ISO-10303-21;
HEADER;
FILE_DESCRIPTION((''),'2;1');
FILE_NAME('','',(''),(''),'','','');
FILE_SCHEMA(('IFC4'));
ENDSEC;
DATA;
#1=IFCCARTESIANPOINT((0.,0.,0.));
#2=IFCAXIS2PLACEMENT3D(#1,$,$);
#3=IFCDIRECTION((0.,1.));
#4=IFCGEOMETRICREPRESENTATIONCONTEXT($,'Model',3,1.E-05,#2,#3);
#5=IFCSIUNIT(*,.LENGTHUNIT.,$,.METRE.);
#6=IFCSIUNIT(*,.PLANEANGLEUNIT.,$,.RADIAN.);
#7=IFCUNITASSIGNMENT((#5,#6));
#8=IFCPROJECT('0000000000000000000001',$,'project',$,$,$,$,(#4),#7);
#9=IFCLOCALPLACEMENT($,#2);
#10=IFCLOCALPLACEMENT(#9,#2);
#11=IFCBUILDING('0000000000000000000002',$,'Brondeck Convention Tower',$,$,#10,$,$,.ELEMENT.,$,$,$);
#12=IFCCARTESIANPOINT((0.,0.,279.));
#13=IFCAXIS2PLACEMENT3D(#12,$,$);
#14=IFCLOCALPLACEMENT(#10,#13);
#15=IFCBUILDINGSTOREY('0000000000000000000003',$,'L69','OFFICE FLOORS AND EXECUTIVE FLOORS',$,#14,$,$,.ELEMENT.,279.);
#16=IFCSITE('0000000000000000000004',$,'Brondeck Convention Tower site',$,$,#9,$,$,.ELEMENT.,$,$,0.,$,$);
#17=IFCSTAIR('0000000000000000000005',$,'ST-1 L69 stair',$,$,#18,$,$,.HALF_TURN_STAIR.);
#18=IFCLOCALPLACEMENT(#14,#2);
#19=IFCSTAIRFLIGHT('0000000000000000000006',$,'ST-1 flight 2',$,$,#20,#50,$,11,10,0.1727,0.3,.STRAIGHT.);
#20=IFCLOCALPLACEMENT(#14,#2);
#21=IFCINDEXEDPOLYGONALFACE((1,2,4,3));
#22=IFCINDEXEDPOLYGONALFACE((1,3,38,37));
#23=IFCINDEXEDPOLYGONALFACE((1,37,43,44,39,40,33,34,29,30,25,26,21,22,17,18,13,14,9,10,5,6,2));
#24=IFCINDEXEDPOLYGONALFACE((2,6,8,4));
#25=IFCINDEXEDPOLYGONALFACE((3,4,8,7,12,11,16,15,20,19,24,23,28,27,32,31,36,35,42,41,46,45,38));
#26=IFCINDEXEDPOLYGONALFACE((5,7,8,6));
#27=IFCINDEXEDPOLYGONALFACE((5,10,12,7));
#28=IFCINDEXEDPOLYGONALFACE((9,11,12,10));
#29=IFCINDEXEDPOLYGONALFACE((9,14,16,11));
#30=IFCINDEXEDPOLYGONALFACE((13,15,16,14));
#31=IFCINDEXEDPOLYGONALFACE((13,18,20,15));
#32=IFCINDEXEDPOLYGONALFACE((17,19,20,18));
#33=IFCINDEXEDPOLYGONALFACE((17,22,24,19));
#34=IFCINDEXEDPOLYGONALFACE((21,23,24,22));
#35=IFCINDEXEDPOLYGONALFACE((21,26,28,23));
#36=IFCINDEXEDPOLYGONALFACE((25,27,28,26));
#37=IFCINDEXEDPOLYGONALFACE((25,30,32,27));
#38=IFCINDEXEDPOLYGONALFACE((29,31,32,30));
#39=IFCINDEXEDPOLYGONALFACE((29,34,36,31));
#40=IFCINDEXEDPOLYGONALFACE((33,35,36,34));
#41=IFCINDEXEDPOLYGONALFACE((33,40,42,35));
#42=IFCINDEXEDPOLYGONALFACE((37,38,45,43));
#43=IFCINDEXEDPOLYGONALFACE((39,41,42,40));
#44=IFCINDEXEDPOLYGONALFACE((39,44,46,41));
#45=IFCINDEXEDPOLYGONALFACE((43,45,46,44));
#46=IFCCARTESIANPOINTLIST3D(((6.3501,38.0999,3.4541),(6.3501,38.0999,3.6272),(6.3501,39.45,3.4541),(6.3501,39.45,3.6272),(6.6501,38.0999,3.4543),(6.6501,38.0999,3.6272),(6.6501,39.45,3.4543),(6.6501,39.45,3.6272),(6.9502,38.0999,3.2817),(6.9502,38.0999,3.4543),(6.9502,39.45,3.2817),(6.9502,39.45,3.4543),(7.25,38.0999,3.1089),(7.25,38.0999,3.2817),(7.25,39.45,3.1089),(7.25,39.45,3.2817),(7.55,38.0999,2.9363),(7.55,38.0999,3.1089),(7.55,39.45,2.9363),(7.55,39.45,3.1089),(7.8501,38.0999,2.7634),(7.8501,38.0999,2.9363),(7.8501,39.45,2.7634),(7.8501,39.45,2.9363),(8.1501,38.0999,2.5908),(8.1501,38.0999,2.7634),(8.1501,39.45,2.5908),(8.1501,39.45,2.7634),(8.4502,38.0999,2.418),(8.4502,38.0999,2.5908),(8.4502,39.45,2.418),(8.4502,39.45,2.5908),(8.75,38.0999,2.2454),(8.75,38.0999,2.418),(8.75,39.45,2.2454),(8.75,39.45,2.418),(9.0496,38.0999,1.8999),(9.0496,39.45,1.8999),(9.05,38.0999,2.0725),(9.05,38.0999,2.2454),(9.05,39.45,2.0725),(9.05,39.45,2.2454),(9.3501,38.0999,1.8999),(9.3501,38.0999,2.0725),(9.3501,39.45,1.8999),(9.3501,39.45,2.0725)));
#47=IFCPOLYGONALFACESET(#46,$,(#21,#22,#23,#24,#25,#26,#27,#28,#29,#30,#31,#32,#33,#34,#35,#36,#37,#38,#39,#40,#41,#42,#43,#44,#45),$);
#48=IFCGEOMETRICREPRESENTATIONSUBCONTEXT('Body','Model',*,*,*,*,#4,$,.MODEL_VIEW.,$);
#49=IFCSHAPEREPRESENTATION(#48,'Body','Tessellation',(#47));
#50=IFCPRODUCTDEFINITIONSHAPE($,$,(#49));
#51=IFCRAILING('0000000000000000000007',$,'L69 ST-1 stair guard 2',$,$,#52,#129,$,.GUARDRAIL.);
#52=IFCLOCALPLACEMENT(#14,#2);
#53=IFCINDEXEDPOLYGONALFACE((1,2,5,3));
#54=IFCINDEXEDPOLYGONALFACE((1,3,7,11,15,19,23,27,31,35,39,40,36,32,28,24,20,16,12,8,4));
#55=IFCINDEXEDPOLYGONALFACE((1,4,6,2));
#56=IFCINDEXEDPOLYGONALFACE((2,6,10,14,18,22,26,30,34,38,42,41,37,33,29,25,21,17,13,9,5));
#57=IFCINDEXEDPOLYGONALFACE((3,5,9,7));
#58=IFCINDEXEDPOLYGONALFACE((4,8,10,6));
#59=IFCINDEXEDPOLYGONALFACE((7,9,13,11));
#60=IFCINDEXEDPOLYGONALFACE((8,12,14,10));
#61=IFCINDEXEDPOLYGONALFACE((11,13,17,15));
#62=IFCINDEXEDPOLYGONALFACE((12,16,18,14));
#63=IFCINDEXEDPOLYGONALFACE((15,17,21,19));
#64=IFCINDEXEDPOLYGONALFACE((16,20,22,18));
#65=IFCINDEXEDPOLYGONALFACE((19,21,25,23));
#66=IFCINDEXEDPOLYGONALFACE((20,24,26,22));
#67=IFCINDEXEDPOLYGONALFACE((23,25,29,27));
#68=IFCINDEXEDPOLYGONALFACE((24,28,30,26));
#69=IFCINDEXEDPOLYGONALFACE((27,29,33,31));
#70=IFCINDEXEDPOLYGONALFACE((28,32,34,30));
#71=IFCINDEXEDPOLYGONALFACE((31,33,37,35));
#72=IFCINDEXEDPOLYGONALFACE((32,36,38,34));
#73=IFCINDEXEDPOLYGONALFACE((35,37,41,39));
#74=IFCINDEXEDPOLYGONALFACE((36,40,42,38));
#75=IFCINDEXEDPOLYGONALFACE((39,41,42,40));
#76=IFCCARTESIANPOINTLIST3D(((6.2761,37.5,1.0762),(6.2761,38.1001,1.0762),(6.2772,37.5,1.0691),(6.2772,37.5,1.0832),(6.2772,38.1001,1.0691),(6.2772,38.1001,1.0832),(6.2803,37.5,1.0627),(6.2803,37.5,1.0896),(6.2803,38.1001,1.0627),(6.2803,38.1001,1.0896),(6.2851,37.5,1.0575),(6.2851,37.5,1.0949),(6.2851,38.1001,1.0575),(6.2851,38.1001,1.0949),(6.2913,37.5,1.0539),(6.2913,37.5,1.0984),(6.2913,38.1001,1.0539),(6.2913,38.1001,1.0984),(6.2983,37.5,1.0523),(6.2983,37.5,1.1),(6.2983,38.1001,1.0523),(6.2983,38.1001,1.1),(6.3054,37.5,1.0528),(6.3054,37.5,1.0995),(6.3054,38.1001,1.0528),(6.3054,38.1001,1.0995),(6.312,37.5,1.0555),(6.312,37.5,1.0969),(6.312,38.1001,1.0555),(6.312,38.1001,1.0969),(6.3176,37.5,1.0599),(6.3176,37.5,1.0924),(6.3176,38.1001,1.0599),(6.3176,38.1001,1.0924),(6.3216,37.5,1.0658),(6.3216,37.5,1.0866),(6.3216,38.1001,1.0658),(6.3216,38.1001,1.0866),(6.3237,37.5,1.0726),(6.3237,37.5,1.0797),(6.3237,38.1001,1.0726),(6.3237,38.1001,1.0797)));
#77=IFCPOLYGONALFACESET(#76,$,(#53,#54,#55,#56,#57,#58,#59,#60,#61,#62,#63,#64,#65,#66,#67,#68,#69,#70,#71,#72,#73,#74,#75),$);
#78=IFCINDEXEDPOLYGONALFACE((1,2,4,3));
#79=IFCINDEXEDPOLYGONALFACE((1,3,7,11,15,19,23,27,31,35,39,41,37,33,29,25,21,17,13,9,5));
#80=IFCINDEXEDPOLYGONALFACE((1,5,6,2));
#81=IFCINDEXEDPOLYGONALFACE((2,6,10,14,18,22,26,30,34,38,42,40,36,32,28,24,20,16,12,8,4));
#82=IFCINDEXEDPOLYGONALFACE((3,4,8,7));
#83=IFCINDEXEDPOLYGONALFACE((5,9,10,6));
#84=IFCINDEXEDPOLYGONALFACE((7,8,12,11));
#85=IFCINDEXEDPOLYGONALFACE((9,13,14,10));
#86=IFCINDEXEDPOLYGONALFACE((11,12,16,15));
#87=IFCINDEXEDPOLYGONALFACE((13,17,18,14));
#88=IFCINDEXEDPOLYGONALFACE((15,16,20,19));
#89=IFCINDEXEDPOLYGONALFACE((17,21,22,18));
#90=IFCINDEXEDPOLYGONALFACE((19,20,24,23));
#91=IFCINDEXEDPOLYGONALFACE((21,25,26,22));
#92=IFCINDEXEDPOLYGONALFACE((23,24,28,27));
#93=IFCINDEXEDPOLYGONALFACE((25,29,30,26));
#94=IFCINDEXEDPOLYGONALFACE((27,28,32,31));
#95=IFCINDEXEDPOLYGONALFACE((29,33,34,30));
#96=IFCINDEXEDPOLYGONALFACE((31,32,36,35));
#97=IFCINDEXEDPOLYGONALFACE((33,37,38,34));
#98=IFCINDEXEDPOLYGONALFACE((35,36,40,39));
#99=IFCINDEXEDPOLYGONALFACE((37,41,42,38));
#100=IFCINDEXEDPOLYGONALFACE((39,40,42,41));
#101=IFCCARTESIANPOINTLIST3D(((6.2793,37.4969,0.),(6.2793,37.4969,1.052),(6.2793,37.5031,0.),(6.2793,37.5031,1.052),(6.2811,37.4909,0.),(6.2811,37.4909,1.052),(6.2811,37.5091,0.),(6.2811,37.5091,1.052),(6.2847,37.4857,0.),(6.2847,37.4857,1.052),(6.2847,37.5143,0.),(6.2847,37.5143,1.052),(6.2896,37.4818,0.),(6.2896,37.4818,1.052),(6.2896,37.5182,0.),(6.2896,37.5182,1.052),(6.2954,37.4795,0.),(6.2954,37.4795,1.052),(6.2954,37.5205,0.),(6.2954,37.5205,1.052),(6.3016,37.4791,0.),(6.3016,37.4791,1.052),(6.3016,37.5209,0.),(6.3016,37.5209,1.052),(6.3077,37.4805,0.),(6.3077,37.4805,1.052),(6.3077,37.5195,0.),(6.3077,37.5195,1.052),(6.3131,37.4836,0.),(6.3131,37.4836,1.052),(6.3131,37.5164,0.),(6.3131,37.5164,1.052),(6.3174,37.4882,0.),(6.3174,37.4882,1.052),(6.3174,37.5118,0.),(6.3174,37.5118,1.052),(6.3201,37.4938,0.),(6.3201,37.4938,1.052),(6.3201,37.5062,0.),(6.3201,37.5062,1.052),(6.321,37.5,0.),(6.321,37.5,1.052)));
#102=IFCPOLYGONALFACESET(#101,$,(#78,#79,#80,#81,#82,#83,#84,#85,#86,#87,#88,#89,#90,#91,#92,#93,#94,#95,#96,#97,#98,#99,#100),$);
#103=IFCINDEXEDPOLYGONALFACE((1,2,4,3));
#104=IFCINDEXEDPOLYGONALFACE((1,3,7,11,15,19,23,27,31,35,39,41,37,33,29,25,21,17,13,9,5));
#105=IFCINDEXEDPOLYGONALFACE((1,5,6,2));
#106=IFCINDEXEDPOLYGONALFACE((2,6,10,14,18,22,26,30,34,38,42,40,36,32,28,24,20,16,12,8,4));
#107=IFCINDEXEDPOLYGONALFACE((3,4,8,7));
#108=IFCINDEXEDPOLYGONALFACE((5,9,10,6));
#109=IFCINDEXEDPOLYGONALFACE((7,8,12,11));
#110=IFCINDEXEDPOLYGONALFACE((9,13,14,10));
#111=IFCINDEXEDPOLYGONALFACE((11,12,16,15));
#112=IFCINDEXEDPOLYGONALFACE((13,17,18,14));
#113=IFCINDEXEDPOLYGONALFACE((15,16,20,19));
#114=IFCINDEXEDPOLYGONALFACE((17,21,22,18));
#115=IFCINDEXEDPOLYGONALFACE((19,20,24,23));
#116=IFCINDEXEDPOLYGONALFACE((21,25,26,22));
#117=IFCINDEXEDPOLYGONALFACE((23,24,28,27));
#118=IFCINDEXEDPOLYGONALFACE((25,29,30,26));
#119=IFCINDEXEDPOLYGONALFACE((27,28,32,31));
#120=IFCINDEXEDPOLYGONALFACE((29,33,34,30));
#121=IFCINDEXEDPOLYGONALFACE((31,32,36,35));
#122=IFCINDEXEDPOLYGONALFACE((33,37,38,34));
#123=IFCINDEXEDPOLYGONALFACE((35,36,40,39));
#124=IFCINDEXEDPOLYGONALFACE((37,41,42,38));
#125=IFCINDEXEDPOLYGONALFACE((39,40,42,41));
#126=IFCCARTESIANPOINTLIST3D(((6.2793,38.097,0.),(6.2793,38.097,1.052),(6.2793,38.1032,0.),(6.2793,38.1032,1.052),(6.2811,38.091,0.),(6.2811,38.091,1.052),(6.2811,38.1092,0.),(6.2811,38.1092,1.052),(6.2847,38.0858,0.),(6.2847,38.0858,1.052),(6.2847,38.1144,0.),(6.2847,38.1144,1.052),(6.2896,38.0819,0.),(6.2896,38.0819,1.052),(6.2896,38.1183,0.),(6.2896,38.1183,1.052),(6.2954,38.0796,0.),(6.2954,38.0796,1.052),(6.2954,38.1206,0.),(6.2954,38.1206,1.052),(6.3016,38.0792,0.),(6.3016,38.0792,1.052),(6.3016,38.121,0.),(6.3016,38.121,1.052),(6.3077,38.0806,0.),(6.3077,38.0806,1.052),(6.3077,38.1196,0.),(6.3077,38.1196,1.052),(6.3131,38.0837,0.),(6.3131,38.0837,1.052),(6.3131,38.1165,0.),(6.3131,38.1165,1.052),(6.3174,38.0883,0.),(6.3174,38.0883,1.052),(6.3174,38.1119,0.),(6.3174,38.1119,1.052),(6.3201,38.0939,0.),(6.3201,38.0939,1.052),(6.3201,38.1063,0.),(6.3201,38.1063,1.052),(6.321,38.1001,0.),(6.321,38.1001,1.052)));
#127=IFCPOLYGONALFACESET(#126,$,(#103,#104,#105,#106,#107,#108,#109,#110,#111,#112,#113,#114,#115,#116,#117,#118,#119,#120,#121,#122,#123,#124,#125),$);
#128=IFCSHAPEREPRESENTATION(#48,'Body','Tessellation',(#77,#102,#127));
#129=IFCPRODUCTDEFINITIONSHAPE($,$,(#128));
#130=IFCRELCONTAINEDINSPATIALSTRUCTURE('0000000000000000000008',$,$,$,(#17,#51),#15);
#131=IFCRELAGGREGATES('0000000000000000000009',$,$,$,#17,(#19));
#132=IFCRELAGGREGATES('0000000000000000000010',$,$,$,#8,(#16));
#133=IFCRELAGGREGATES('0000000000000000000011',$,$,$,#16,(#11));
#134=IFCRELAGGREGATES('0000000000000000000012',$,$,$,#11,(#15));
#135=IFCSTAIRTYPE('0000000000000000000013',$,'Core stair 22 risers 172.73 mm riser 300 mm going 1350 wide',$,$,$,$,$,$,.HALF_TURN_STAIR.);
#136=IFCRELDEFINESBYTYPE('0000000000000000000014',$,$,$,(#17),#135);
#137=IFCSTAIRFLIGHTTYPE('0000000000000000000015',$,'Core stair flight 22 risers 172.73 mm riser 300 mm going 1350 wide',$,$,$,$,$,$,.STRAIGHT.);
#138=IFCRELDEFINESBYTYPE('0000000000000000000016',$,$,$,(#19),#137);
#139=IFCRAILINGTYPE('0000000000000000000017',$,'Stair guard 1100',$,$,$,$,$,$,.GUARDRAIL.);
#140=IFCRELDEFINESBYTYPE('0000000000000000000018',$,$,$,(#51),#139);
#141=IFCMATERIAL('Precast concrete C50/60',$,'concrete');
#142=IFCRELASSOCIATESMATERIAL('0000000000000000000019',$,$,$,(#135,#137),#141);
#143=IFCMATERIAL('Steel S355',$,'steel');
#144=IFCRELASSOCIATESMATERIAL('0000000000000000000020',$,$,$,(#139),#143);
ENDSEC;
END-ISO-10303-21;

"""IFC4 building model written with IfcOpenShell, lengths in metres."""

from ifc_helpers import new_model, si_unit, direction, frame, origin, origin_2d, place, context, subcontext, project, spatial, polyline, circle, outline, extrude, material, type_object, element, aggregate, save


model = new_model("IFC4")

# Units and contexts
model_context = context("Model", 3, precision=1e-05, world=origin(), true_north=direction((0.0, 1.0)))
body_context = subcontext(model_context, "Body", "Model", "MODEL_VIEW")
ifc_project = project(units=[si_unit("LENGTHUNIT", "METRE"), si_unit("PLANEANGLEUNIT", "RADIAN")], contexts=[model_context])

# Site, building, storey
site_placement = place(None, origin())
site = spatial("IfcSite", under=ifc_project, at=site_placement, Name="Brondeck Convention Tower site", CompositionType="ELEMENT", RefElevation=0.0)
building_placement = place(site_placement, origin())
building = spatial("IfcBuilding", under=site, at=building_placement, Name="Brondeck Convention Tower", CompositionType="ELEMENT")
storey_placement = place(building_placement, frame((0.0, 0.0, 279.0)))
storey = spatial("IfcBuildingStorey", under=building, at=storey_placement, Name="L69", Description="OFFICE FLOORS AND EXECUTIVE FLOORS", CompositionType="ELEMENT", Elevation=279.0)

# Shared definitions
ifc_material_1 = material(Name="Steel S355", Category="steel")

# Stair, stair flight
ifc_material_2 = material(Name="Precast concrete C50/60", Category="concrete")
stair_type = type_object("IfcStairType", Name="Core stair 22 risers 172.73 mm riser 300 mm going 1350 wide", PredefinedType="HALF_TURN_STAIR", material=ifc_material_2)
stair_placement = place(storey_placement, origin())
stair = element("IfcStair", 1, at=stair_placement, inside=storey, type_object=stair_type, Name="ST-1 L69 stair", PredefinedType="HALF_TURN_STAIR")
stair_flight_type = type_object("IfcStairFlightType", Name="Core stair flight 22 risers 172.73 mm riser 300 mm going 1350 wide", PredefinedType="STRAIGHT", material=ifc_material_2)
stair_flight_1_placement = place(storey_placement, frame((9.3501, 38.7749, 1.8999), z_axis=(0.0, 0.0, 1.0), x_axis=(-1.0, 0.0, 0.0)))
stair_flight_1 = element("IfcStairFlight", 2, at=stair_flight_1_placement, type_object=stair_flight_type, Name="ST-1 flight 2", NumberOfRisers=11, NumberOfTreads=10, PredefinedType="STRAIGHT", RiserHeight=0.1727, TreadLength=0.3, context=body_context, shape_type="SweptSolid", body=[
    extrude(outline(polyline([(0.0, 0.0), (0.0, 0.1726), (0.3, 0.1726), (0.3, 0.3455), (0.6001, 0.3455), (0.6001, 0.5181), (0.8999, 0.5181), (0.8999, 0.6909), (1.2, 0.6909), (1.2, 0.8635), (1.5, 0.8635), (1.5, 1.0364), (1.8, 1.0364), (1.8, 1.209), (2.1001, 1.209), (2.1001, 1.3818), (2.3999, 1.3818), (2.3999, 1.5544), (2.7, 1.5544), (2.7, 1.7273), (3.0, 1.7273), (3.0, 1.8999), (3.0, 1.5542), (0.3005, 0.0), (0.0, 0.0)])), frame((0.0, 0.675, 0.0), z_axis=(0.0, -1.0, 0.0), x_axis=(1.0, 0.0, 0.0)), (0.0, 0.0, 1.0), 1.3501),
])
aggregate(stair, [stair_flight_1])

# Railing
railing_type_1 = type_object("IfcRailingType", Name="Stair guard 1100", PredefinedType="GUARDRAIL", material=ifc_material_1)
railing_1_placement = place(storey_placement, frame((6.3, 37.5, 0.0)))
element("IfcRailing", 3, at=railing_1_placement, inside=storey, type_object=railing_type_1, Name="L69 ST-1 stair guard 2", PredefinedType="GUARDRAIL", context=body_context, shape_type="SweptSolid", body=[
    extrude(circle(Radius=0.0239, at=origin_2d()), frame((0.0, 0.0, 1.0762), z_axis=(0.0, 1.0, 0.0), x_axis=(-1.0, 0.0, 0.0)), (0.0, 0.0, 1.0), 0.6001),
    extrude(circle(Radius=0.021, at=origin_2d()), origin(), (0.0, 0.0, 1.0), 1.052),
    extrude(circle(Radius=0.021, at=origin_2d()), frame((0.0, 0.6001, 0.0)), (0.0, 0.0, 1.0), 1.052),
])

save(model, "model.ifc")
